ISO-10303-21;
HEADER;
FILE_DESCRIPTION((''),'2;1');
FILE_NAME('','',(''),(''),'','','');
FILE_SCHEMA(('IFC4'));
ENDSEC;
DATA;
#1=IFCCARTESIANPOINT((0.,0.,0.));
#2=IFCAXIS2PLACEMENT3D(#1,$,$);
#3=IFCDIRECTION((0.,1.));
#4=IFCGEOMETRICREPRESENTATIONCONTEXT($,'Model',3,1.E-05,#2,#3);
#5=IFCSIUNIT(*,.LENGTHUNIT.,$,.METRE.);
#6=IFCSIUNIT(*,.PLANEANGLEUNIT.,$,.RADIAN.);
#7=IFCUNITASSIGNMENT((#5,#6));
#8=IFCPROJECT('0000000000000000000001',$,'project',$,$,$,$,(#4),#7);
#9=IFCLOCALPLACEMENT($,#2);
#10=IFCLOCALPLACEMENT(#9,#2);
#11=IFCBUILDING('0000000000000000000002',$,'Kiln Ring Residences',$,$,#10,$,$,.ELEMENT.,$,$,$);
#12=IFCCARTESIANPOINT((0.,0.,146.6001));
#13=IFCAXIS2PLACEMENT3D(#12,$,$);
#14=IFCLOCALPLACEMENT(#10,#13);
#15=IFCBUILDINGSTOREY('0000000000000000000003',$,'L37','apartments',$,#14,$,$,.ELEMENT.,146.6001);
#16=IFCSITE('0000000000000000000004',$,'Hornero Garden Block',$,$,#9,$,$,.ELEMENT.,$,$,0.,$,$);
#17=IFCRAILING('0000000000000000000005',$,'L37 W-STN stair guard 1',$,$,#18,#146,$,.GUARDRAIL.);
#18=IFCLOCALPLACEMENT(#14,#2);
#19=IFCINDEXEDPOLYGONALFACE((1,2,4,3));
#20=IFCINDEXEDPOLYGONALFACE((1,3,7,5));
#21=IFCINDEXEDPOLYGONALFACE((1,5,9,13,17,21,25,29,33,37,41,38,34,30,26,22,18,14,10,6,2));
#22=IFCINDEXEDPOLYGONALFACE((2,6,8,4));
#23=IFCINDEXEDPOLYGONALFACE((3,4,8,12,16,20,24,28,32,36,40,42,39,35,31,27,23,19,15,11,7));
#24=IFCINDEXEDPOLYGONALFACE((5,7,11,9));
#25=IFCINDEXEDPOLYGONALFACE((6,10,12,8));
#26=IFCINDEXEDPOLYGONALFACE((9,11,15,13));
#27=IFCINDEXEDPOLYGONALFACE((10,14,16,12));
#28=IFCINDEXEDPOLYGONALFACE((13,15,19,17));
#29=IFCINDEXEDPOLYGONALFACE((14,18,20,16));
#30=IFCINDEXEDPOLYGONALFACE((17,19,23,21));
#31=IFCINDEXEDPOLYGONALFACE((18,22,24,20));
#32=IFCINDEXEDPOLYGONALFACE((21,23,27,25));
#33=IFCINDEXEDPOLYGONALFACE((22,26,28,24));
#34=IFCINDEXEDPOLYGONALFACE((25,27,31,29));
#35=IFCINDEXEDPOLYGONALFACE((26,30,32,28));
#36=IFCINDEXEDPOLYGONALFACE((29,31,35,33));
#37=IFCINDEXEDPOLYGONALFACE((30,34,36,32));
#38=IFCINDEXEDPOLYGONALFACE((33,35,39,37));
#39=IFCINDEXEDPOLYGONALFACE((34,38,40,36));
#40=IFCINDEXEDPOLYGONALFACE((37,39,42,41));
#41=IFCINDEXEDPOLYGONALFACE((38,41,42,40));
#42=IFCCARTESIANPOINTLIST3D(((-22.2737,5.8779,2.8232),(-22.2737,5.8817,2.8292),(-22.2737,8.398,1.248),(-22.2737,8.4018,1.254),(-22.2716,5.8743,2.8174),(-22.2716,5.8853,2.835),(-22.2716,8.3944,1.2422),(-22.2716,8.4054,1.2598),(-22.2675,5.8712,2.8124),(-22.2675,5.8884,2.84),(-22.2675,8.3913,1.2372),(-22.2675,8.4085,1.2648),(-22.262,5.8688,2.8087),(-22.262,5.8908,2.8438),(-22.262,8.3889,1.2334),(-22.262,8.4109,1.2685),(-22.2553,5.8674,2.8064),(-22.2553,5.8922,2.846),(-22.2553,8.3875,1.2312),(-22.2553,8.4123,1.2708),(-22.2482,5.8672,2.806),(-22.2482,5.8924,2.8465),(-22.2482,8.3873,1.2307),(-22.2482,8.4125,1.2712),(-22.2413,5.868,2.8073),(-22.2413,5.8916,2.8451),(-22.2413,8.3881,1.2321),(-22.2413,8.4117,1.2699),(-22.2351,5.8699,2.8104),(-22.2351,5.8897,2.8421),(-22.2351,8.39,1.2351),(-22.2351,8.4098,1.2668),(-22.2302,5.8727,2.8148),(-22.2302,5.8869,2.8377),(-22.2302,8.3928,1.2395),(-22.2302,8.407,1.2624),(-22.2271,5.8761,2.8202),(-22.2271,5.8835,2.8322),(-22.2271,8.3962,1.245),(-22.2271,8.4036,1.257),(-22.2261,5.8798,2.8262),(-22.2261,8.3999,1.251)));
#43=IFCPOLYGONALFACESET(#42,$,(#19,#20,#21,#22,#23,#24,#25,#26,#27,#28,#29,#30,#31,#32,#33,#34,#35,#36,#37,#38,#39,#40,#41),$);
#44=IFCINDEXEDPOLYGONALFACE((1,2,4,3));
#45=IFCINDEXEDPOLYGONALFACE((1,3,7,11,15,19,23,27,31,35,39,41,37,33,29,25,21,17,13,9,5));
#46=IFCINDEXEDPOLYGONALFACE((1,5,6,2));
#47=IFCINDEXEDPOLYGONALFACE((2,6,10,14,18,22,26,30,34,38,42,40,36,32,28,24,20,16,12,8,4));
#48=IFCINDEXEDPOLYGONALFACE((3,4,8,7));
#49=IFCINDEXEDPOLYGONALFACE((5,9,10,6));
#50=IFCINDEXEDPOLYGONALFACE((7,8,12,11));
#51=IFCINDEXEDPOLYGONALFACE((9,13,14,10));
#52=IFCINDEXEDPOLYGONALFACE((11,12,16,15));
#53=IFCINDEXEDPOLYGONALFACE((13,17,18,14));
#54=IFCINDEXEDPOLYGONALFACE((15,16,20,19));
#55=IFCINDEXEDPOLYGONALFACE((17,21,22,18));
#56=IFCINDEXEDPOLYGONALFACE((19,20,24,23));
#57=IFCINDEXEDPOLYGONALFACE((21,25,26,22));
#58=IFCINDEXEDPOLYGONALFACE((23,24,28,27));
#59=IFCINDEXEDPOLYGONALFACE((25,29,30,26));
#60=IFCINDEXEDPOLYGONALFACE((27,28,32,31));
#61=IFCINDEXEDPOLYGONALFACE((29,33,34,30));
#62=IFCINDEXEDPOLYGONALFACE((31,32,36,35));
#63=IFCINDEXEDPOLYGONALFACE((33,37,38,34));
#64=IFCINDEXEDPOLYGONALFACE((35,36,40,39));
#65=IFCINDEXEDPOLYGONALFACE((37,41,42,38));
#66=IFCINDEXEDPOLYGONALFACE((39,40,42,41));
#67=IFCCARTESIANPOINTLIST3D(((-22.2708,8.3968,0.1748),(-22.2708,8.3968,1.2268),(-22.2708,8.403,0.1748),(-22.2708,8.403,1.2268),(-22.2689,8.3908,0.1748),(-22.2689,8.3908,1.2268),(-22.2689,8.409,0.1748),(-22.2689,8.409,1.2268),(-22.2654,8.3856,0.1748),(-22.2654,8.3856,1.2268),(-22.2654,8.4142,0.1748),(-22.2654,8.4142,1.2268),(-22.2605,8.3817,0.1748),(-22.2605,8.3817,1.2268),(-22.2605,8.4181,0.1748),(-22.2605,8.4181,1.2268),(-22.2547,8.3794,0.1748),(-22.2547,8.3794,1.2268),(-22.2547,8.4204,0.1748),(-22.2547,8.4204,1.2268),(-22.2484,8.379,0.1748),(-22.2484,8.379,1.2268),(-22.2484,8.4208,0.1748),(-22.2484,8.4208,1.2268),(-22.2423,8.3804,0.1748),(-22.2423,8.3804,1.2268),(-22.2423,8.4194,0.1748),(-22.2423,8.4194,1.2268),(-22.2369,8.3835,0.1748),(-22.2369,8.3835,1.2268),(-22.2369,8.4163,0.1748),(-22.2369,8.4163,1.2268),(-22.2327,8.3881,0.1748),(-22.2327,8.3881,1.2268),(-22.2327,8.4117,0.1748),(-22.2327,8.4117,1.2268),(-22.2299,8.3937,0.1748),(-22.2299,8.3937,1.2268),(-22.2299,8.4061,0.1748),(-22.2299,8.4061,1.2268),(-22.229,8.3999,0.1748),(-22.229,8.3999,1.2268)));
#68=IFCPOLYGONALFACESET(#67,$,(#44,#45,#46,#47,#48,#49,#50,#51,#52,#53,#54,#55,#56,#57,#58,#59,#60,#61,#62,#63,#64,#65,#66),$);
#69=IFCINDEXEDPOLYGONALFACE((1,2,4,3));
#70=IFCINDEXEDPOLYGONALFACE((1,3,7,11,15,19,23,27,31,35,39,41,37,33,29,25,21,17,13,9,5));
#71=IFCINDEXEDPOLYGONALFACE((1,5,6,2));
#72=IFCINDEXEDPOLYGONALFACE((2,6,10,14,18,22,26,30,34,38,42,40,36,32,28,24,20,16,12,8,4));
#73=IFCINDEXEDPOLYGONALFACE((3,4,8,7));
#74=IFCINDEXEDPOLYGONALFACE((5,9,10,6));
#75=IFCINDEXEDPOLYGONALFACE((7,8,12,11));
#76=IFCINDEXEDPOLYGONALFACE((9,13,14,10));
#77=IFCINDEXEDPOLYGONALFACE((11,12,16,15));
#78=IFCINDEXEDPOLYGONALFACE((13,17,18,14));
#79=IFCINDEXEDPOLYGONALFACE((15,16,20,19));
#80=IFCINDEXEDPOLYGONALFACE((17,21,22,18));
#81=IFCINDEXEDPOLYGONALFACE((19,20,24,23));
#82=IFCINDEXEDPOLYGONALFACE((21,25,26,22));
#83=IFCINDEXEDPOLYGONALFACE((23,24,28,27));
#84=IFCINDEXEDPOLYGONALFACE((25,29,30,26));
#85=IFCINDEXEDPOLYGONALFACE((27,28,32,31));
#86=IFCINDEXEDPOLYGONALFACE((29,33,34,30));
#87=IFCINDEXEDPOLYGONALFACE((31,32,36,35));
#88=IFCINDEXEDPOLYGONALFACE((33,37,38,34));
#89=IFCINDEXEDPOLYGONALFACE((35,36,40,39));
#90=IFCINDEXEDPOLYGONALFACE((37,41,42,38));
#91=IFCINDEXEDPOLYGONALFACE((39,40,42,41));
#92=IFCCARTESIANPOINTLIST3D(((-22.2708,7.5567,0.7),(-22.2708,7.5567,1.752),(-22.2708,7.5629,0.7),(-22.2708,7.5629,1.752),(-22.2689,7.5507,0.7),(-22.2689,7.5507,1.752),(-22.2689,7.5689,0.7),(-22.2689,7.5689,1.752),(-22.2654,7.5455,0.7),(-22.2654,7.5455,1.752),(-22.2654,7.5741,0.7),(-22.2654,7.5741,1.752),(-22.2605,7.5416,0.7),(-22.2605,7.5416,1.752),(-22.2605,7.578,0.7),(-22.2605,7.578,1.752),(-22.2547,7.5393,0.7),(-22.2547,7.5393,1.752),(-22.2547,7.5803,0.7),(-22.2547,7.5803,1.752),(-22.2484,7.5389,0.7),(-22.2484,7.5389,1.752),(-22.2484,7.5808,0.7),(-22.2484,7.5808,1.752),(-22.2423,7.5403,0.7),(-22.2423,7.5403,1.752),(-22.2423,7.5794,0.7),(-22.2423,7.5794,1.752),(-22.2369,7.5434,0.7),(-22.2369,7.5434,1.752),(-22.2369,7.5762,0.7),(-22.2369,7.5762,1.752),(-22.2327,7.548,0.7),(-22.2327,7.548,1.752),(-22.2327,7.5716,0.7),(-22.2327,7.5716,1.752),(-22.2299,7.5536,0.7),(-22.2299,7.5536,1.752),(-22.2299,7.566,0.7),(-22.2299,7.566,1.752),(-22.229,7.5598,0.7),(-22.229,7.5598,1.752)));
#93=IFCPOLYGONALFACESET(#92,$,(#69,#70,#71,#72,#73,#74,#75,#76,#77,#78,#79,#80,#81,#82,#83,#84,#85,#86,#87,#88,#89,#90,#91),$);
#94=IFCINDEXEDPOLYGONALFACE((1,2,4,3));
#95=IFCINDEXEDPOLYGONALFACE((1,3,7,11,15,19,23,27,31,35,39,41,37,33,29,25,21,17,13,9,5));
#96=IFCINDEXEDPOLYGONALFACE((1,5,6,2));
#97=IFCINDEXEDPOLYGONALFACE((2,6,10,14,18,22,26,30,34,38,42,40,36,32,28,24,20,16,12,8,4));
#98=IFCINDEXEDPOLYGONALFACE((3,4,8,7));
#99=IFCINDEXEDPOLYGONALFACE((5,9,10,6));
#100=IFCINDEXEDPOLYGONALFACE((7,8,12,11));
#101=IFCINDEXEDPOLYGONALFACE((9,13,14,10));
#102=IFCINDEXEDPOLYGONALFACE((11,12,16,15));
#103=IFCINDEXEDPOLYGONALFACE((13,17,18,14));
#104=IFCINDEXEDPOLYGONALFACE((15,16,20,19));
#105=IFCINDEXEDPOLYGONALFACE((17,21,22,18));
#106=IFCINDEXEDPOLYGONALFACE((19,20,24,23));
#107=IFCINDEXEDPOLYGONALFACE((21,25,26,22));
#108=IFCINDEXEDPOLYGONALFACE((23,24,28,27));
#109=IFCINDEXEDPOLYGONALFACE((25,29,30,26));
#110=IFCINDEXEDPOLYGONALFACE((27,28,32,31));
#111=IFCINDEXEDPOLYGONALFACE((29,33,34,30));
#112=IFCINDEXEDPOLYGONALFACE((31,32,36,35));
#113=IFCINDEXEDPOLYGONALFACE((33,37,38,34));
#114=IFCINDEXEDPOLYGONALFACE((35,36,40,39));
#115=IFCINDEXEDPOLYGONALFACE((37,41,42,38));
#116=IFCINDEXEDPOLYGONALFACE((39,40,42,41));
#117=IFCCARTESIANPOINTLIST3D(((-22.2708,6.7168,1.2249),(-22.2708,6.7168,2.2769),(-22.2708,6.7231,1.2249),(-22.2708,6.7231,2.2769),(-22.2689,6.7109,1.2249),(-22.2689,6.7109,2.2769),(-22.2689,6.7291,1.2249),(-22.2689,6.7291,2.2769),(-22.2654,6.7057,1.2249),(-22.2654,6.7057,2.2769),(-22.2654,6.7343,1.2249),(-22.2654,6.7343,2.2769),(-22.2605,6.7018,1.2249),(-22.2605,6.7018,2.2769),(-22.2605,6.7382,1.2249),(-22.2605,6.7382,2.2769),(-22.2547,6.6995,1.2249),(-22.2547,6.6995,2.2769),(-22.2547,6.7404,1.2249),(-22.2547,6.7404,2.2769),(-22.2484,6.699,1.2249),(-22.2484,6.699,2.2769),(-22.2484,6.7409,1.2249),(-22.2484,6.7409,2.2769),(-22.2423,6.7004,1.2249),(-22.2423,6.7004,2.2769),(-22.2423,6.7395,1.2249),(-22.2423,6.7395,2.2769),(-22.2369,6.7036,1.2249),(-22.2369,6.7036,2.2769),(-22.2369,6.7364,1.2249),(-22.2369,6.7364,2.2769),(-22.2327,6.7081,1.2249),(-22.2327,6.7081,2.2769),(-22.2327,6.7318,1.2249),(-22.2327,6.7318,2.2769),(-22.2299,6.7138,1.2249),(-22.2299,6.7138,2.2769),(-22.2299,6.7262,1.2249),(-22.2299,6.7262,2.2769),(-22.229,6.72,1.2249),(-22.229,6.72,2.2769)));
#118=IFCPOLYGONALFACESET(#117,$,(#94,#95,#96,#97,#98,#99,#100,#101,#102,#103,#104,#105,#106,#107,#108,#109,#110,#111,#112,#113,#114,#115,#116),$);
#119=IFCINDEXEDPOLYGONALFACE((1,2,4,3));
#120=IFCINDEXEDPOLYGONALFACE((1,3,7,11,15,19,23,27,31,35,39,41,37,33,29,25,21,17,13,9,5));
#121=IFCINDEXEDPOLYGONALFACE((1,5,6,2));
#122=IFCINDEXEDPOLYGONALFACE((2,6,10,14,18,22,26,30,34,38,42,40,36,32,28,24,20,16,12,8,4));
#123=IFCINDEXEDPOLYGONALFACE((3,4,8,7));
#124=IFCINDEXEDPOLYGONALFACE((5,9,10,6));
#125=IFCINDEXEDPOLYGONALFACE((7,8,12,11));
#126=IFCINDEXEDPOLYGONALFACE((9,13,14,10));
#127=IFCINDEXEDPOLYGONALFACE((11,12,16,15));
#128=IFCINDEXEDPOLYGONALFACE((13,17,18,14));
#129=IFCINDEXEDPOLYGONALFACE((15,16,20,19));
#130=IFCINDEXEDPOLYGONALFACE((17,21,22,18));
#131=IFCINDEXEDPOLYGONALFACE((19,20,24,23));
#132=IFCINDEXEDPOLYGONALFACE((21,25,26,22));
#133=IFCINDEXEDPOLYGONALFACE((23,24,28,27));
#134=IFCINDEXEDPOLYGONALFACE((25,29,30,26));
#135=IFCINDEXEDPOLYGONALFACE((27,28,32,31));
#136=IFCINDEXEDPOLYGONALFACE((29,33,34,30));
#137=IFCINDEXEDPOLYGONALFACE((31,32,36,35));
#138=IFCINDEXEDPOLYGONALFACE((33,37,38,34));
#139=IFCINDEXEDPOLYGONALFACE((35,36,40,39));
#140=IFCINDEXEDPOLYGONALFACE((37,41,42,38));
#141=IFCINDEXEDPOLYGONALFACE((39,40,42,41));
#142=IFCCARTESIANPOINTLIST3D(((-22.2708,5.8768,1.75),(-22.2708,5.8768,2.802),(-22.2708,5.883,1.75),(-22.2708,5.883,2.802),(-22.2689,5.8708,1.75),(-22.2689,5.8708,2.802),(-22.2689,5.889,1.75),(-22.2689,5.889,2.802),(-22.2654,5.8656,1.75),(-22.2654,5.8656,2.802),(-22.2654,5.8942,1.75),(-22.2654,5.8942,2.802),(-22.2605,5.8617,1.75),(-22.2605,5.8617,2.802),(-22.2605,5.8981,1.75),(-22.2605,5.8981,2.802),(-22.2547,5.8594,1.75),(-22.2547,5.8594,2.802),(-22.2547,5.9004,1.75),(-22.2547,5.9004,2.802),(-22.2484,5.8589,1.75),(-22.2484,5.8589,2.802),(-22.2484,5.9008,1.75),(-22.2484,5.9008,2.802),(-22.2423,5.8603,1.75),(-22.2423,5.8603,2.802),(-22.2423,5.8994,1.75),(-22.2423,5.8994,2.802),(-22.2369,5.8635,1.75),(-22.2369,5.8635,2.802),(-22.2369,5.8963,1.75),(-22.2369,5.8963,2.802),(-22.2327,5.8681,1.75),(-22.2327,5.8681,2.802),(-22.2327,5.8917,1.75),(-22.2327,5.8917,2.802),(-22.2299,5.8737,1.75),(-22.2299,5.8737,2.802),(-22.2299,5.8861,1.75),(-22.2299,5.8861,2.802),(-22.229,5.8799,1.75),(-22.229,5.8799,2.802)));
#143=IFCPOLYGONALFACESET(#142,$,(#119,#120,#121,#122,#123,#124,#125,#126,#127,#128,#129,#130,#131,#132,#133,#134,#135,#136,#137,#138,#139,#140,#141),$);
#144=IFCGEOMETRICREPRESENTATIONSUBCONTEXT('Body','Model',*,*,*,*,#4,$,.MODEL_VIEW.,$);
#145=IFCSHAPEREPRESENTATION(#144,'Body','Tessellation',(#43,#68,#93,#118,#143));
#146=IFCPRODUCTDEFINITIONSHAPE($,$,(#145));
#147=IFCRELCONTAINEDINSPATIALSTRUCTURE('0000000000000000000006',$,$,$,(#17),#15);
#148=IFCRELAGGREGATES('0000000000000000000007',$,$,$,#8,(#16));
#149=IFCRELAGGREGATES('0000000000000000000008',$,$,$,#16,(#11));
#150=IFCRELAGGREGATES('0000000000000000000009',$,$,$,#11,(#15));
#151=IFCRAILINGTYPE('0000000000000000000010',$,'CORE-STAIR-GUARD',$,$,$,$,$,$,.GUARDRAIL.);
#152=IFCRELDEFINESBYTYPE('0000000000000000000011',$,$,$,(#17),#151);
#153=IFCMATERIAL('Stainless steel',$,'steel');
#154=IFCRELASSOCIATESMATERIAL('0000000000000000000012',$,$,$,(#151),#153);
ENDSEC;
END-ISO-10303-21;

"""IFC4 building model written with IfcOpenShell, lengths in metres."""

from ifc_helpers import new_model, si_unit, direction, frame, origin, origin_2d, place, context, subcontext, project, spatial, circle, extrude, material, type_object, element, save


model = new_model("IFC4")

# Units and contexts
model_context = context("Model", 3, precision=1e-05, world=origin(), true_north=direction((0.0, 1.0)))
body_context = subcontext(model_context, "Body", "Model", "MODEL_VIEW")
ifc_project = project(units=[si_unit("LENGTHUNIT", "METRE"), si_unit("PLANEANGLEUNIT", "RADIAN")], contexts=[model_context])

# Site, building, storey
site_placement = place(None, origin())
site = spatial("IfcSite", under=ifc_project, at=site_placement, Name="Hornero Garden Block", CompositionType="ELEMENT", RefElevation=0.0)
building_placement = place(site_placement, origin())
building = spatial("IfcBuilding", under=site, at=building_placement, Name="Kiln Ring Residences", CompositionType="ELEMENT")
storey_placement = place(building_placement, frame((0.0, 0.0, 146.6001)))
storey = spatial("IfcBuildingStorey", under=building, at=storey_placement, Name="L37", Description="apartments", CompositionType="ELEMENT", Elevation=146.6001)

# Railing
ifc_material_1 = material(Name="Stainless steel", Category="steel")
railing_type_1 = type_object("IfcRailingType", Name="CORE-STAIR-GUARD", PredefinedType="GUARDRAIL", material=ifc_material_1)
railing_1_placement = place(storey_placement, frame((-22.25, 8.3999, 0.1748)))
element("IfcRailing", 1, at=railing_1_placement, inside=storey, type_object=railing_type_1, Name="L37 W-STN stair guard 1", PredefinedType="GUARDRAIL", context=body_context, shape_type="SweptSolid", body=[
    extrude(circle(Radius=0.0239, at=origin_2d()), frame((0.0, 0.0, 1.0762), z_axis=(0.0, -0.847971, 0.530043), x_axis=(1.0, 0.0, 0.0)), (0.0, 0.0, 1.0), 2.9719),
    extrude(circle(Radius=0.021, at=origin_2d()), origin(), (0.0, 0.0, 1.0), 1.052),
    extrude(circle(Radius=0.021, at=origin_2d()), frame((0.0, -0.8401, 0.5251)), (0.0, 0.0, 1.0), 1.052),
    extrude(circle(Radius=0.021, at=origin_2d()), frame((0.0, -1.6799, 1.05)), (0.0, 0.0, 1.0), 1.052),
    extrude(circle(Radius=0.021, at=origin_2d()), frame((0.0, -2.52, 1.5752)), (0.0, 0.0, 1.0), 1.052),
])

save(model, "model.ifc")
